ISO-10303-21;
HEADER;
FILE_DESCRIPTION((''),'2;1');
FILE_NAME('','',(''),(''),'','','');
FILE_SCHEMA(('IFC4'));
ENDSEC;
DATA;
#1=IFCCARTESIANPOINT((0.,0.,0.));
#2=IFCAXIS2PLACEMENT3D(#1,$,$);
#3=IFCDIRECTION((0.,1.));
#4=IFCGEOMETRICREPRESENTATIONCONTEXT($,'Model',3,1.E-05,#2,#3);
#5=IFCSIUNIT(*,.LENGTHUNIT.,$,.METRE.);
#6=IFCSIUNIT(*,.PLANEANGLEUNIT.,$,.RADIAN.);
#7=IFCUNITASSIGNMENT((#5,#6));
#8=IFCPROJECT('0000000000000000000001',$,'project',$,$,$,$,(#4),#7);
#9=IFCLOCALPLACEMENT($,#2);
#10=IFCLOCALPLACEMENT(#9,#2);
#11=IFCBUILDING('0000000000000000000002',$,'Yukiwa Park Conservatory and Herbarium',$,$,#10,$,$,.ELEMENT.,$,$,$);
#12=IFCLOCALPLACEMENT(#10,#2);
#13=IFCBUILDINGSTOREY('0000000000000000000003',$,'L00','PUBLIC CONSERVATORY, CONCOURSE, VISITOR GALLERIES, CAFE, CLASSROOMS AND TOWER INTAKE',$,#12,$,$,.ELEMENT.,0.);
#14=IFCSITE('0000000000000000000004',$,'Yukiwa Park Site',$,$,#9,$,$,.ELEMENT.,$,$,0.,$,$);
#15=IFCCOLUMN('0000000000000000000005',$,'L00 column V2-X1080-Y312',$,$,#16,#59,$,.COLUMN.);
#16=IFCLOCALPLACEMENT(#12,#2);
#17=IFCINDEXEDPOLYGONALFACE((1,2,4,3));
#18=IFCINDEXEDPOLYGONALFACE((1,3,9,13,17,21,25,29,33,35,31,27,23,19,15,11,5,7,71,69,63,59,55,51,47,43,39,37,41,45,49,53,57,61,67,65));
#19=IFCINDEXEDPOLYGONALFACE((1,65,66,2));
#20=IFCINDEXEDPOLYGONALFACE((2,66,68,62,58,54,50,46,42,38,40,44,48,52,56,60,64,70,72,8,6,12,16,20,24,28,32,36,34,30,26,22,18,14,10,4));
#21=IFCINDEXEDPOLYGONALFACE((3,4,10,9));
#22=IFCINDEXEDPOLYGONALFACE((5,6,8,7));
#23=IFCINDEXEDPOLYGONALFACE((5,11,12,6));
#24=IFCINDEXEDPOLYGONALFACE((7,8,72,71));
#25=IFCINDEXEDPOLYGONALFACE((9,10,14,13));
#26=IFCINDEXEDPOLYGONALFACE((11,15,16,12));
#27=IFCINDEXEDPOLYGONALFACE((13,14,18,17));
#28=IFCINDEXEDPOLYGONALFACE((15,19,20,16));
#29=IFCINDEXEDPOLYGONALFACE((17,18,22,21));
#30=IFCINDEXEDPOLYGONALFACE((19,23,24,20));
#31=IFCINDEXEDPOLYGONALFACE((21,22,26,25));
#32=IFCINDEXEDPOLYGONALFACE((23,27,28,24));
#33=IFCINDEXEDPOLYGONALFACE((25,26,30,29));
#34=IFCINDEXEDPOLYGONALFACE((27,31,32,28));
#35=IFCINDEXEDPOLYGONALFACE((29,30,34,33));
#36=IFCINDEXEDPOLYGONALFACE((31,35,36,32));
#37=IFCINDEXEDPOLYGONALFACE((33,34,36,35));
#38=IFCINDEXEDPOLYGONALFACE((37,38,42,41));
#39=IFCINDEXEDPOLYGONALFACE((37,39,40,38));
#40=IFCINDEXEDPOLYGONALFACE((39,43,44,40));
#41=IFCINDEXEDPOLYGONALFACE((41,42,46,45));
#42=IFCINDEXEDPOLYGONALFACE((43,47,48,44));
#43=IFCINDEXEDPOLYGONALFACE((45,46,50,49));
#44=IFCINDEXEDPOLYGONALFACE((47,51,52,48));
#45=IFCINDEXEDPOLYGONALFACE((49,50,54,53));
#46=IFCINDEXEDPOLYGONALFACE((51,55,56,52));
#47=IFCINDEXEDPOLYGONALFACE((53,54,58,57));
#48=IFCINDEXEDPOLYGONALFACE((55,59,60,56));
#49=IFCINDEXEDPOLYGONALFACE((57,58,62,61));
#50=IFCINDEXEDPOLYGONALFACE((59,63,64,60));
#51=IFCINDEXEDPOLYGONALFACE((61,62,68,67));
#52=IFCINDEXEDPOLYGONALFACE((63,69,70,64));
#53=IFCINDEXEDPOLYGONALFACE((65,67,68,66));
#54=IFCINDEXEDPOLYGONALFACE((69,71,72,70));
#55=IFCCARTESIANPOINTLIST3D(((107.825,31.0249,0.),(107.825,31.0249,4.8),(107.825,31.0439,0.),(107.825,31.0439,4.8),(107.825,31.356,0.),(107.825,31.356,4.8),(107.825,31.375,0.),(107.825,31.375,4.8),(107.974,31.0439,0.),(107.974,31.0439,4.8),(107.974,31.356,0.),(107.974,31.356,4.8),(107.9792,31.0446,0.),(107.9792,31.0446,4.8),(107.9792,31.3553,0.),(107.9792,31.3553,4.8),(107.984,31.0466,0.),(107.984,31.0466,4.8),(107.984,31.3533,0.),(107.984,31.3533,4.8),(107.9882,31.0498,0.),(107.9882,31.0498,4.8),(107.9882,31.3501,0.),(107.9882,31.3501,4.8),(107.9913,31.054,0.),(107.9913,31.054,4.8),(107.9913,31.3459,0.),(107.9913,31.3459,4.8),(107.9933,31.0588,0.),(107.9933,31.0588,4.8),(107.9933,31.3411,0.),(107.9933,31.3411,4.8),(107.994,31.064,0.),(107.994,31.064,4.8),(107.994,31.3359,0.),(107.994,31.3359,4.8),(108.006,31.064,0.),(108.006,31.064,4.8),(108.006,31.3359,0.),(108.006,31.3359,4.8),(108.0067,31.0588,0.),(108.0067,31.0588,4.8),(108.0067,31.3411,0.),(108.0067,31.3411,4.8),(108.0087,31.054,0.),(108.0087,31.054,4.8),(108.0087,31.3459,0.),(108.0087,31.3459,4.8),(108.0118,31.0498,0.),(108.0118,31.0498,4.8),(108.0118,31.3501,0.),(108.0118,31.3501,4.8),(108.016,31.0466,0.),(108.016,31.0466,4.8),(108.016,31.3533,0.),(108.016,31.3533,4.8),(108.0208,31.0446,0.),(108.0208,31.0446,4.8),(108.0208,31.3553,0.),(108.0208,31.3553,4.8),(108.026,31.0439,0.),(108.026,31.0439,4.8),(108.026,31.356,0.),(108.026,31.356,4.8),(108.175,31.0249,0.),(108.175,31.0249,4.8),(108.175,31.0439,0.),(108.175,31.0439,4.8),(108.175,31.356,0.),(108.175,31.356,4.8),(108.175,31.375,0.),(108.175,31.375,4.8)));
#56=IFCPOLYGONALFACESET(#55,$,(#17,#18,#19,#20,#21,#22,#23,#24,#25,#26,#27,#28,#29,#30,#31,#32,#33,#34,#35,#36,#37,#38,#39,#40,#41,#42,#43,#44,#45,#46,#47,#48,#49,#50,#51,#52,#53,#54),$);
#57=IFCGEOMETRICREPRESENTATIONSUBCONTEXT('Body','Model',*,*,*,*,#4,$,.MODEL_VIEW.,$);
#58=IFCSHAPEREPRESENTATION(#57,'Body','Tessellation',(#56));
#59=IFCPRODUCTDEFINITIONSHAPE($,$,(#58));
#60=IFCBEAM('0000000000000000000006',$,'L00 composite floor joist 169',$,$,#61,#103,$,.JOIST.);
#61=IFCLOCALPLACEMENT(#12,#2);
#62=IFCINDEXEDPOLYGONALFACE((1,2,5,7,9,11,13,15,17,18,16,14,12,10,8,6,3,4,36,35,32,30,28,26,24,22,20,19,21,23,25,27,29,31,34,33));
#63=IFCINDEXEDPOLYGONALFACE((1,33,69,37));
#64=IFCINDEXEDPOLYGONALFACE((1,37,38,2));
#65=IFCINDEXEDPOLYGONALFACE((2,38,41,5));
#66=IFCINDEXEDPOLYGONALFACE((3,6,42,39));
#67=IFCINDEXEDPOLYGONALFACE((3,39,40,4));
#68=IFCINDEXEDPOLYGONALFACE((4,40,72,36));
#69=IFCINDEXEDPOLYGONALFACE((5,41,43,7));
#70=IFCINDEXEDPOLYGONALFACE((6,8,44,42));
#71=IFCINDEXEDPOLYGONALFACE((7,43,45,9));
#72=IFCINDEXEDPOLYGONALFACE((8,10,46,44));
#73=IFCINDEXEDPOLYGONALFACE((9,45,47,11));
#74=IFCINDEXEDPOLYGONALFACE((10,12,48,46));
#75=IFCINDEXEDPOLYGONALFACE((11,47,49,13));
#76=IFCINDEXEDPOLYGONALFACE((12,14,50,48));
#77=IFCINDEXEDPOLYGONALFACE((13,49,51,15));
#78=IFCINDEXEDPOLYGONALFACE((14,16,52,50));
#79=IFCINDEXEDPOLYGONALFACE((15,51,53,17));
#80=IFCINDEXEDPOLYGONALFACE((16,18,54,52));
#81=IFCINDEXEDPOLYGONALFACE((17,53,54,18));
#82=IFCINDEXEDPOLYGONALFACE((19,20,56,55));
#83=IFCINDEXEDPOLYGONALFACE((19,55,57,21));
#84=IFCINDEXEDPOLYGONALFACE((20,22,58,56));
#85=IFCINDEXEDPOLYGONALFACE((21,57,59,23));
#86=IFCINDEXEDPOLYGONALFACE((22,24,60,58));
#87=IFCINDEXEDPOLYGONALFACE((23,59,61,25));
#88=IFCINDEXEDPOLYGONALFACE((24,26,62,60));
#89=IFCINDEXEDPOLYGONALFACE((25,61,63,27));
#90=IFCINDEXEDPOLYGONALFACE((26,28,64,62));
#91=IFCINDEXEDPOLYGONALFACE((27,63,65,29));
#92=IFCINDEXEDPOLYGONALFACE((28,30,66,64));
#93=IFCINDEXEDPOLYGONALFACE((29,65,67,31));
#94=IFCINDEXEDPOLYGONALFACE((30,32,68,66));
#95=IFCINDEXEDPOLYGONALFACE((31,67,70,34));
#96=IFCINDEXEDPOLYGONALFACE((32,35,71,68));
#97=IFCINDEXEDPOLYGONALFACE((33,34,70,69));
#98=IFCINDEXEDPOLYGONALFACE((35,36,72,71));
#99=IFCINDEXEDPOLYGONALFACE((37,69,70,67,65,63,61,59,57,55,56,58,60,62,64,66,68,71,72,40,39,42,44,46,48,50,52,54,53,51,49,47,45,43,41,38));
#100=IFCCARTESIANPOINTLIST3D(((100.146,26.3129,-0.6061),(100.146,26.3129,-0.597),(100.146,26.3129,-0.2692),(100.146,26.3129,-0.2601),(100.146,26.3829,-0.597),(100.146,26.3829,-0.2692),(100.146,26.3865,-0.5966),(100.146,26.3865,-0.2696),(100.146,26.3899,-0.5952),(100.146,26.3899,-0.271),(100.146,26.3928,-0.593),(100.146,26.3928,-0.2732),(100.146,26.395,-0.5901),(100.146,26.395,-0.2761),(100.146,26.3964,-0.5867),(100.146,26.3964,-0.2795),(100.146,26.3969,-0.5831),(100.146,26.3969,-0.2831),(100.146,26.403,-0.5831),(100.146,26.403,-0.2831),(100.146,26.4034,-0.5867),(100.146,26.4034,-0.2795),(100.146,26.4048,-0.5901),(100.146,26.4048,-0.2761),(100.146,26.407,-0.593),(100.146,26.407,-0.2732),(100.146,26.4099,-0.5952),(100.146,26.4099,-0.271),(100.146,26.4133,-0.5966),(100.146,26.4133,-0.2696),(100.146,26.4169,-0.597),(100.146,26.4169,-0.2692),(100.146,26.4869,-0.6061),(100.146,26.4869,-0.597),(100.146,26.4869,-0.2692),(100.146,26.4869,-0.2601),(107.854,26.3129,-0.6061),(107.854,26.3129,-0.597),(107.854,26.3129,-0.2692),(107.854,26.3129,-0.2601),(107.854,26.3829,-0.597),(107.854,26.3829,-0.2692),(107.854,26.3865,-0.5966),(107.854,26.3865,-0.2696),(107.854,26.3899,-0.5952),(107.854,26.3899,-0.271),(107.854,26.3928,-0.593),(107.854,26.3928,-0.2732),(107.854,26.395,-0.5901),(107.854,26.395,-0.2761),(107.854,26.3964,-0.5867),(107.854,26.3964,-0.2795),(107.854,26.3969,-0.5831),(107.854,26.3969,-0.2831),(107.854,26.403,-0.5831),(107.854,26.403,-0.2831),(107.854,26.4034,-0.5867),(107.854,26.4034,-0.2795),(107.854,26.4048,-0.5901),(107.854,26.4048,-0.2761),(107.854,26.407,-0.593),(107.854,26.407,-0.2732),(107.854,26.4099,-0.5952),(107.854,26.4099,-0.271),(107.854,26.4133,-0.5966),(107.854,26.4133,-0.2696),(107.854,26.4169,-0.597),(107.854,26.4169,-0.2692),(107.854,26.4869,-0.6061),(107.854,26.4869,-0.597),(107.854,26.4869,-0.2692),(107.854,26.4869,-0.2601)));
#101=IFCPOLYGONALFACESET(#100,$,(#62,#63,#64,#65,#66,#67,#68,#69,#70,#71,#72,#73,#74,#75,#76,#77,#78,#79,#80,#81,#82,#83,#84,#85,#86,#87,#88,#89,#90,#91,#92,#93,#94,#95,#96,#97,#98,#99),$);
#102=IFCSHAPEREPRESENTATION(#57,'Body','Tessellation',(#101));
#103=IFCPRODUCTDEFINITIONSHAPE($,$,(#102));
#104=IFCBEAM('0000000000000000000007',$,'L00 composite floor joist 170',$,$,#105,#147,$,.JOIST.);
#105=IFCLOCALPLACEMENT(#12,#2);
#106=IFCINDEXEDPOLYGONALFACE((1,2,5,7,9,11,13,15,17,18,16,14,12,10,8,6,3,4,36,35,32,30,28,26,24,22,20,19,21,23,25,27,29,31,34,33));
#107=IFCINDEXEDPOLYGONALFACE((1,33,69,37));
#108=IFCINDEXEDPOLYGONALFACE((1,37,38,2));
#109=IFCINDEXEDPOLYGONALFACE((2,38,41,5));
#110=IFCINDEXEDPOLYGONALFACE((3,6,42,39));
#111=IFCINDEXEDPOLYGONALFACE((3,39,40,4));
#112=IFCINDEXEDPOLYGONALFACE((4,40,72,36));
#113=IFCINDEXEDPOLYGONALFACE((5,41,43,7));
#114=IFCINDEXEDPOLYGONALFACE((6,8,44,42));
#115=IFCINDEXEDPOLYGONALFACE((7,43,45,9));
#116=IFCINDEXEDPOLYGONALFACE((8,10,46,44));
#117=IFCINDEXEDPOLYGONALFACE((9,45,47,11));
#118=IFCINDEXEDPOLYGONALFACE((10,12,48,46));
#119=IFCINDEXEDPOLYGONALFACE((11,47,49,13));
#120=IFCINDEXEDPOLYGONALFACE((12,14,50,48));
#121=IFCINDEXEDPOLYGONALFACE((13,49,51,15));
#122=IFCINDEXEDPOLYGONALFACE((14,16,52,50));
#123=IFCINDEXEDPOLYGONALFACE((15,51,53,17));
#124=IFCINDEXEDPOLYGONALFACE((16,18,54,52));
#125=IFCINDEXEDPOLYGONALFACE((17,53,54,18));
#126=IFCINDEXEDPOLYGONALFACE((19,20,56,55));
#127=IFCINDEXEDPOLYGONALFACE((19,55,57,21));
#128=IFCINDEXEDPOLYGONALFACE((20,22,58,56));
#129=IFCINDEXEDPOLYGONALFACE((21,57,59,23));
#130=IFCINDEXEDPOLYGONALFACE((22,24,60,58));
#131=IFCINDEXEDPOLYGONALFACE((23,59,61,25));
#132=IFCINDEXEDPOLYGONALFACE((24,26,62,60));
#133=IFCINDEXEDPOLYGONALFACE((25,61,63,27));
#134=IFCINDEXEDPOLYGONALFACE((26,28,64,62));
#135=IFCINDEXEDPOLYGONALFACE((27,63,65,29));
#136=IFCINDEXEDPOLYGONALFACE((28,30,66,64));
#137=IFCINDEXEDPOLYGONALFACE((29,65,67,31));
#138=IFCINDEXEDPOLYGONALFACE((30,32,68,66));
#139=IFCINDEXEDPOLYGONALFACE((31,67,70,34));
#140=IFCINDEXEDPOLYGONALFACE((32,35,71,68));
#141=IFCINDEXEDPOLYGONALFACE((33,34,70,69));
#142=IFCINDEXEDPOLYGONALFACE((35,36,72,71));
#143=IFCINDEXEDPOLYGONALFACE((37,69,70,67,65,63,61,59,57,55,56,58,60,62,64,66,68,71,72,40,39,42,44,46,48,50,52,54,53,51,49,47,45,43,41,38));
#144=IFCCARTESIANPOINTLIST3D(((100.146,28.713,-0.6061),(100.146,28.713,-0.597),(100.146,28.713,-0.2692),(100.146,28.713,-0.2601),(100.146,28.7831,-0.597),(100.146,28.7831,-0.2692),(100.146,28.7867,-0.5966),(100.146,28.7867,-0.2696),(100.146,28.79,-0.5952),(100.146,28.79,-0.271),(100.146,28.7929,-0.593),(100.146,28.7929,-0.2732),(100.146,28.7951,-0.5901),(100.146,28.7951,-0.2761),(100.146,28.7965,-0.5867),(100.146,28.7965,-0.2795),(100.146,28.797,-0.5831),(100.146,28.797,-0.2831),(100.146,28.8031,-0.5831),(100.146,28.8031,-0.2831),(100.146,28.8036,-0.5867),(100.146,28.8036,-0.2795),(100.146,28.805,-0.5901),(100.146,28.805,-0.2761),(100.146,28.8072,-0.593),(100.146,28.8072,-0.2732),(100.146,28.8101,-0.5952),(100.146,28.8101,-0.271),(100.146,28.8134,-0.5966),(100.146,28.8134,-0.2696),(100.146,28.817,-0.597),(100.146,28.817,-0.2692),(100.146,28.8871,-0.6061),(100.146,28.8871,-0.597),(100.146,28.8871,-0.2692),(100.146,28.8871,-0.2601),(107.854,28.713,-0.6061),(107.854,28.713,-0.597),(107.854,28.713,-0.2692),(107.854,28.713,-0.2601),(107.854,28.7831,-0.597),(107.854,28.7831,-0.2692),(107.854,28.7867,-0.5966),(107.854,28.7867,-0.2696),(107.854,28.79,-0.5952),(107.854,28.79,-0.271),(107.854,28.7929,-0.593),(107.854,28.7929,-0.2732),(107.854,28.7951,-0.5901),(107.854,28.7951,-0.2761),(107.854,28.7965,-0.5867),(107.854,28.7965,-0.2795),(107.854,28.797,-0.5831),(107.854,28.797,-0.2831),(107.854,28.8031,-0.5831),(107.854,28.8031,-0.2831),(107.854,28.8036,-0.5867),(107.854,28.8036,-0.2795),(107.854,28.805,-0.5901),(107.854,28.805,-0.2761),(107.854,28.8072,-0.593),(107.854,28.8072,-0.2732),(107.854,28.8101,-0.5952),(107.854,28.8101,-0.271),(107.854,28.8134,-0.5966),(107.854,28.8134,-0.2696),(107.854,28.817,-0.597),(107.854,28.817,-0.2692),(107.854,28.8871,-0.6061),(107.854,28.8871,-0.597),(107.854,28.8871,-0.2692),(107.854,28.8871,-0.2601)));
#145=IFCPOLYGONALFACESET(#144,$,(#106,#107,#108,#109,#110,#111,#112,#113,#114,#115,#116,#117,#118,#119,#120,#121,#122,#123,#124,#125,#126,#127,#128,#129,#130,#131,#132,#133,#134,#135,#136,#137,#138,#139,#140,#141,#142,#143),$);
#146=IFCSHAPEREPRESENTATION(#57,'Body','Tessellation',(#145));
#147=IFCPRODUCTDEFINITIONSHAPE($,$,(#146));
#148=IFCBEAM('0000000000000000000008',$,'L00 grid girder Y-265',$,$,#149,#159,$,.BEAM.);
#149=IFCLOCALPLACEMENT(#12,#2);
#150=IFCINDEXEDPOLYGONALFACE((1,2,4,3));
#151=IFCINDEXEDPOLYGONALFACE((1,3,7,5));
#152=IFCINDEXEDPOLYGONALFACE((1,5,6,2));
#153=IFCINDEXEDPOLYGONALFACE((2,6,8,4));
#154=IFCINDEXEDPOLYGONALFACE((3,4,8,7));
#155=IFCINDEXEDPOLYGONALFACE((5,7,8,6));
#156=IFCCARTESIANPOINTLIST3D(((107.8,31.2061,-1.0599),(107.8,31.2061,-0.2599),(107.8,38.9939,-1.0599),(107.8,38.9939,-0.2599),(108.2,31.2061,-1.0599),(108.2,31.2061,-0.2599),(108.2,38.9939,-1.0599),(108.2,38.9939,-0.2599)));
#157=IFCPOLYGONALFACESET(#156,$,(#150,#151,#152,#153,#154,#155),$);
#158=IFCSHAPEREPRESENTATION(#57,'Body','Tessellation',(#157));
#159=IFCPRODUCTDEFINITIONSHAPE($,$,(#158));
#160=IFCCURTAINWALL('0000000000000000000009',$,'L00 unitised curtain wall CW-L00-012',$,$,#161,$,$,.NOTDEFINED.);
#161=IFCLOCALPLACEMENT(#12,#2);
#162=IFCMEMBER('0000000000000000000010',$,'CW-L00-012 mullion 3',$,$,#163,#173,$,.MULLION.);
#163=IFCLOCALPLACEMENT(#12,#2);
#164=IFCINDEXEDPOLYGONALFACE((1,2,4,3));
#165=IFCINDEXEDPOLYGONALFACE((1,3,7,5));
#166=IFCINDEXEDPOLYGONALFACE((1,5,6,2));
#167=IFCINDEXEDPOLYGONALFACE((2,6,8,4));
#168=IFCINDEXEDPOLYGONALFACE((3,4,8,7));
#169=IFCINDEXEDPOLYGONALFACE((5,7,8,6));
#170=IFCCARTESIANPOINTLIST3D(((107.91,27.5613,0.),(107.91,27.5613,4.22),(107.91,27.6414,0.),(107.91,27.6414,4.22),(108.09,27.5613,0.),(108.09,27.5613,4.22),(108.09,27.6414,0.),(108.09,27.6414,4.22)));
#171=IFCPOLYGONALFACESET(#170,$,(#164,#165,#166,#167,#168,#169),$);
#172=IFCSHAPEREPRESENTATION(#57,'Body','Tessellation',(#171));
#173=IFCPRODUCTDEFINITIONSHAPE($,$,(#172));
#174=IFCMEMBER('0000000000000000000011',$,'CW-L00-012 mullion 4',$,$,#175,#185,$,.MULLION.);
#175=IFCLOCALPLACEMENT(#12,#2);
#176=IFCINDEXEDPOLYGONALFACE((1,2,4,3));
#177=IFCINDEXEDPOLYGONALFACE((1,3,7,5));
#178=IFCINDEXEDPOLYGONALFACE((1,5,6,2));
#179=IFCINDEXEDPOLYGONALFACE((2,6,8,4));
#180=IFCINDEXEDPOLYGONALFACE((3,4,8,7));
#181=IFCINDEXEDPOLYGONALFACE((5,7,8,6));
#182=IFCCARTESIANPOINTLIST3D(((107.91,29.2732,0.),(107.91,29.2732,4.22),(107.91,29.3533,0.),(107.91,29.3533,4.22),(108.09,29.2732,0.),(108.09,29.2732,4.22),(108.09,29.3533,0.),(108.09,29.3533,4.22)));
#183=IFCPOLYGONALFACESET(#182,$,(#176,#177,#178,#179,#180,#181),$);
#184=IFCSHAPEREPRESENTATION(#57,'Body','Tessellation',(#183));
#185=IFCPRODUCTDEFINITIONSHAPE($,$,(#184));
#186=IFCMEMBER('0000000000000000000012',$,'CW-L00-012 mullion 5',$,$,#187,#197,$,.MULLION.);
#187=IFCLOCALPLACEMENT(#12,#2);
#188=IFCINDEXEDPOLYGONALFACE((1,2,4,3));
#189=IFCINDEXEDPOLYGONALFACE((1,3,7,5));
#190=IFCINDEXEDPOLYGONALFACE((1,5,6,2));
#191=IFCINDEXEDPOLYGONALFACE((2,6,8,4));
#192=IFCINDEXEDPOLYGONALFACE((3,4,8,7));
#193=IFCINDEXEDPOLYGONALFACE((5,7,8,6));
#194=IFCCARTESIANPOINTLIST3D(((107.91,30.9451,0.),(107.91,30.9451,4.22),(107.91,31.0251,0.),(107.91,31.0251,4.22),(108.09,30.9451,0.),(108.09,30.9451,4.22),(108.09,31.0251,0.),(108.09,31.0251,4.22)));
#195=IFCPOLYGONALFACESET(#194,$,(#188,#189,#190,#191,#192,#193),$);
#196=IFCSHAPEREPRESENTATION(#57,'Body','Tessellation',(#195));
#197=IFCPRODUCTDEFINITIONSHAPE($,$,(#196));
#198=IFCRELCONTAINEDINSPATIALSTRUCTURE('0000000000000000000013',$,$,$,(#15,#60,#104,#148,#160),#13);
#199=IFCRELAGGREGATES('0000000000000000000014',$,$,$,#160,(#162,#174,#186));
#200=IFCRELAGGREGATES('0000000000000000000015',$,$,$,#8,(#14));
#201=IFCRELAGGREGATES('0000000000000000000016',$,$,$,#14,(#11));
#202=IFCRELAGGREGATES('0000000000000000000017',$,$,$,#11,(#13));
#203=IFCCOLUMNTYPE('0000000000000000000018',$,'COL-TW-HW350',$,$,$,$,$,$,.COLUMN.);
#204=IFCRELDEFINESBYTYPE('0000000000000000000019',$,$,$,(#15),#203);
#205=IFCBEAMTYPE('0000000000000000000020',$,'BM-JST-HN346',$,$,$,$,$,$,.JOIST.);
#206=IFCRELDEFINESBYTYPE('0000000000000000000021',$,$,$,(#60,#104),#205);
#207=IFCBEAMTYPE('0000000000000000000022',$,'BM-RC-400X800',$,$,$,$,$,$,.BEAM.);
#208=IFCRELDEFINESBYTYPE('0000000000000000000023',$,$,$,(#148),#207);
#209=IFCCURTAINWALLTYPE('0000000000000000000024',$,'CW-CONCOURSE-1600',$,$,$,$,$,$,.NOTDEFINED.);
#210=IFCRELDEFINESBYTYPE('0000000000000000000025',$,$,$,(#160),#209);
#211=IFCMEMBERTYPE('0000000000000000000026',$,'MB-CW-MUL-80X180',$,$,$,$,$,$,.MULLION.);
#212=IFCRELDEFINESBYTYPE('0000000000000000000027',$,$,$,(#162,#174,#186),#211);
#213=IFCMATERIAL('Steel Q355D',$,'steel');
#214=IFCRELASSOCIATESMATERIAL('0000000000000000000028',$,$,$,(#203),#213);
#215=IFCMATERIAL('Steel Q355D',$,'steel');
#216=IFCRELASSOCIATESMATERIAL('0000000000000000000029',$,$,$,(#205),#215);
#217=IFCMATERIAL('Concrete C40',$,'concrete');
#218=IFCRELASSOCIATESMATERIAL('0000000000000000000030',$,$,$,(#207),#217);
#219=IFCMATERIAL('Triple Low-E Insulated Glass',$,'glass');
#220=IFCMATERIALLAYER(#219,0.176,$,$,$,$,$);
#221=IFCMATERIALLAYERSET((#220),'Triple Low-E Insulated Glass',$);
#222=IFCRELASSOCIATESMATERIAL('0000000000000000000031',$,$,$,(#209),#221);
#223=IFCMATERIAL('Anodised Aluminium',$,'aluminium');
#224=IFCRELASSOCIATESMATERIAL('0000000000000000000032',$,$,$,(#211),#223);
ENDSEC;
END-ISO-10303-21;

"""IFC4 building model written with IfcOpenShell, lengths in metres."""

from ifc_helpers import new_model, si_unit, direction, frame, origin, origin_2d, place, context, subcontext, project, spatial, rectangle, i_section, extrude, material, layer, layer_set, material_profile, profile_set, type_object, element, aggregate, save


model = new_model("IFC4")

# Units and contexts
model_context = context("Model", 3, precision=1e-05, world=origin(), true_north=direction((0.0, 1.0)))
body_context = subcontext(model_context, "Body", "Model", "MODEL_VIEW")
ifc_project = project(units=[si_unit("LENGTHUNIT", "METRE"), si_unit("PLANEANGLEUNIT", "RADIAN")], contexts=[model_context])

# Site, building, storey
site_placement = place(None, origin())
site = spatial("IfcSite", under=ifc_project, at=site_placement, Name="Yukiwa Park Site", CompositionType="ELEMENT", RefElevation=0.0)
building_placement = place(site_placement, origin())
building = spatial("IfcBuilding", under=site, at=building_placement, Name="Yukiwa Park Conservatory and Herbarium", CompositionType="ELEMENT")
storey_placement = place(building_placement, origin())
storey = spatial("IfcBuildingStorey", under=building, at=storey_placement, Name="L00", Description="PUBLIC CONSERVATORY, CONCOURSE, VISITOR GALLERIES, CAFE, CLASSROOMS AND TOWER INTAKE", CompositionType="ELEMENT", Elevation=0.0)

# Column
ifc_material_1 = material(Name="Steel Q355D", Category="steel")
ifc_material_profile_1 = material_profile(ifc_material_1, i_section(OverallWidth=0.3501, OverallDepth=0.3501, WebThickness=0.012, FlangeThickness=0.019, FilletRadius=0.02, at=origin_2d()), Name="HW 350x350x12x19")
ifc_profile_set_1 = profile_set([ifc_material_profile_1], Name="Steel Q355D")
column_type = type_object("IfcColumnType", Name="COL-TW-HW350", PredefinedType="COLUMN", material=ifc_profile_set_1)
column_placement = place(storey_placement, frame((108.0, 31.2, 0.0), z_axis=(0.0, 0.0, 1.0), x_axis=(1.0, 0.0, 0.0)))
element("IfcColumn", 1, at=column_placement, inside=storey, type_object=column_type, Name="L00 column V2-X1080-Y312", PredefinedType="COLUMN", context=body_context, shape_type="SweptSolid", body=[
    extrude(i_section(OverallWidth=0.3501, OverallDepth=0.3501, WebThickness=0.012, FlangeThickness=0.019, FilletRadius=0.02, at=origin_2d()), origin(), (0.0, 0.0, 1.0), 4.8),
])

# Beams
ifc_material_2 = material(Name="Steel Q355D", Category="steel")
ifc_material_profile_2 = material_profile(ifc_material_2, i_section(OverallWidth=0.1741, OverallDepth=0.3459, WebThickness=0.0061, FlangeThickness=0.009, FilletRadius=0.0139, at=origin_2d()), Name="HN 346x174x6x9")
ifc_profile_set_2 = profile_set([ifc_material_profile_2], Name="Steel Q355D")
beam_type_1 = type_object("IfcBeamType", Name="BM-JST-HN346", PredefinedType="JOIST", material=ifc_profile_set_2)
for number, where, z_axis, x_axis, name in (
    (2, (100.146, 26.3999, -0.4331), (1.0, 0.0, 0.0), (0.0, 1.0, 0.0), "L00 composite floor joist 169"),
    (3, (100.146, 28.8, -0.4331), (1.0, 0.0, 0.0), (0.0, 1.0, 0.0), "L00 composite floor joist 170"),
):
    element("IfcBeam", number, at=place(storey_placement, frame(where, z_axis=z_axis, x_axis=x_axis)), inside=storey, type_object=beam_type_1, Name=name, PredefinedType="JOIST", context=body_context, shape_type="SweptSolid", body=[
        extrude(i_section(OverallWidth=0.1741, OverallDepth=0.3459, WebThickness=0.0061, FlangeThickness=0.009, FilletRadius=0.0139, at=origin_2d()), origin(), (0.0, 0.0, 1.0), 7.708),
    ])
ifc_material_3 = material(Name="Concrete C40", Category="concrete")
ifc_material_profile_3 = material_profile(ifc_material_3, rectangle(XDim=0.3999, YDim=0.8, at=origin_2d()), Name="RC 400x800")
ifc_profile_set_3 = profile_set([ifc_material_profile_3], Name="Concrete C40")
beam_type_2 = type_object("IfcBeamType", Name="BM-RC-400X800", PredefinedType="BEAM", material=ifc_profile_set_3)
beam_placement = place(storey_placement, frame((108.0, 31.2061, -0.6599), z_axis=(0.0, 1.0, 0.0), x_axis=(-1.0, 0.0, 0.0)))
element("IfcBeam", 4, at=beam_placement, inside=storey, type_object=beam_type_2, Name="L00 grid girder Y-265", PredefinedType="BEAM", context=body_context, shape_type="SweptSolid", body=[
    extrude(rectangle(XDim=0.3999, YDim=0.8, at=origin_2d()), origin(), (0.0, 0.0, 1.0), 7.7878),
])

# Curtain wall, members
ifc_material_4 = material(Name="Triple Low-E Insulated Glass", Category="glass")
ifc_layer_1 = layer(ifc_material_4, 0.176)
ifc_layer_set_1 = layer_set([ifc_layer_1], Name="Triple Low-E Insulated Glass")
curtain_wall_type = type_object("IfcCurtainWallType", Name="CW-CONCOURSE-1600", PredefinedType="NOTDEFINED", material=ifc_layer_set_1)
curtain_wall_1_placement = place(storey_placement, origin())
curtain_wall_1 = element("IfcCurtainWall", 5, at=curtain_wall_1_placement, inside=storey, type_object=curtain_wall_type, Name="L00 unitised curtain wall CW-L00-012", PredefinedType="NOTDEFINED")
ifc_material_5 = material(Name="Anodised Aluminium", Category="aluminium")
member_type_1 = type_object("IfcMemberType", Name="MB-CW-MUL-80X180", PredefinedType="MULLION", material=ifc_material_5)
member_1_placement = place(storey_placement, frame((108.0, 27.6013, 0.0), z_axis=(0.0, 0.0, 1.0), x_axis=(0.0, 1.0, 0.0)))
member_1 = element("IfcMember", 6, at=member_1_placement, type_object=member_type_1, Name="CW-L00-012 mullion 3", PredefinedType="MULLION", context=body_context, shape_type="SweptSolid", body=[
    extrude(rectangle(XDim=0.0801, YDim=0.1799, at=origin_2d()), origin(), (0.0, 0.0, 1.0), 4.22),
])
member_2_placement = place(storey_placement, frame((108.0, 29.3132, 0.0), z_axis=(0.0, 0.0, 1.0), x_axis=(0.0, 1.0, 0.0)))
member_2 = element("IfcMember", 7, at=member_2_placement, type_object=member_type_1, Name="CW-L00-012 mullion 4", PredefinedType="MULLION", context=body_context, shape_type="SweptSolid", body=[
    extrude(rectangle(XDim=0.0801, YDim=0.1799, at=origin_2d()), origin(), (0.0, 0.0, 1.0), 4.22),
])
member_3_placement = place(storey_placement, frame((108.0, 30.9851, 0.0), z_axis=(0.0, 0.0, 1.0), x_axis=(0.0, 1.0, 0.0)))
member_3 = element("IfcMember", 8, at=member_3_placement, type_object=member_type_1, Name="CW-L00-012 mullion 5", PredefinedType="MULLION", context=body_context, shape_type="SweptSolid", body=[
    extrude(rectangle(XDim=0.0801, YDim=0.1799, at=origin_2d()), origin(), (0.0, 0.0, 1.0), 4.22),
])

aggregate(curtain_wall_1, [member_1, member_2, member_3])

save(model, "model.ifc")
